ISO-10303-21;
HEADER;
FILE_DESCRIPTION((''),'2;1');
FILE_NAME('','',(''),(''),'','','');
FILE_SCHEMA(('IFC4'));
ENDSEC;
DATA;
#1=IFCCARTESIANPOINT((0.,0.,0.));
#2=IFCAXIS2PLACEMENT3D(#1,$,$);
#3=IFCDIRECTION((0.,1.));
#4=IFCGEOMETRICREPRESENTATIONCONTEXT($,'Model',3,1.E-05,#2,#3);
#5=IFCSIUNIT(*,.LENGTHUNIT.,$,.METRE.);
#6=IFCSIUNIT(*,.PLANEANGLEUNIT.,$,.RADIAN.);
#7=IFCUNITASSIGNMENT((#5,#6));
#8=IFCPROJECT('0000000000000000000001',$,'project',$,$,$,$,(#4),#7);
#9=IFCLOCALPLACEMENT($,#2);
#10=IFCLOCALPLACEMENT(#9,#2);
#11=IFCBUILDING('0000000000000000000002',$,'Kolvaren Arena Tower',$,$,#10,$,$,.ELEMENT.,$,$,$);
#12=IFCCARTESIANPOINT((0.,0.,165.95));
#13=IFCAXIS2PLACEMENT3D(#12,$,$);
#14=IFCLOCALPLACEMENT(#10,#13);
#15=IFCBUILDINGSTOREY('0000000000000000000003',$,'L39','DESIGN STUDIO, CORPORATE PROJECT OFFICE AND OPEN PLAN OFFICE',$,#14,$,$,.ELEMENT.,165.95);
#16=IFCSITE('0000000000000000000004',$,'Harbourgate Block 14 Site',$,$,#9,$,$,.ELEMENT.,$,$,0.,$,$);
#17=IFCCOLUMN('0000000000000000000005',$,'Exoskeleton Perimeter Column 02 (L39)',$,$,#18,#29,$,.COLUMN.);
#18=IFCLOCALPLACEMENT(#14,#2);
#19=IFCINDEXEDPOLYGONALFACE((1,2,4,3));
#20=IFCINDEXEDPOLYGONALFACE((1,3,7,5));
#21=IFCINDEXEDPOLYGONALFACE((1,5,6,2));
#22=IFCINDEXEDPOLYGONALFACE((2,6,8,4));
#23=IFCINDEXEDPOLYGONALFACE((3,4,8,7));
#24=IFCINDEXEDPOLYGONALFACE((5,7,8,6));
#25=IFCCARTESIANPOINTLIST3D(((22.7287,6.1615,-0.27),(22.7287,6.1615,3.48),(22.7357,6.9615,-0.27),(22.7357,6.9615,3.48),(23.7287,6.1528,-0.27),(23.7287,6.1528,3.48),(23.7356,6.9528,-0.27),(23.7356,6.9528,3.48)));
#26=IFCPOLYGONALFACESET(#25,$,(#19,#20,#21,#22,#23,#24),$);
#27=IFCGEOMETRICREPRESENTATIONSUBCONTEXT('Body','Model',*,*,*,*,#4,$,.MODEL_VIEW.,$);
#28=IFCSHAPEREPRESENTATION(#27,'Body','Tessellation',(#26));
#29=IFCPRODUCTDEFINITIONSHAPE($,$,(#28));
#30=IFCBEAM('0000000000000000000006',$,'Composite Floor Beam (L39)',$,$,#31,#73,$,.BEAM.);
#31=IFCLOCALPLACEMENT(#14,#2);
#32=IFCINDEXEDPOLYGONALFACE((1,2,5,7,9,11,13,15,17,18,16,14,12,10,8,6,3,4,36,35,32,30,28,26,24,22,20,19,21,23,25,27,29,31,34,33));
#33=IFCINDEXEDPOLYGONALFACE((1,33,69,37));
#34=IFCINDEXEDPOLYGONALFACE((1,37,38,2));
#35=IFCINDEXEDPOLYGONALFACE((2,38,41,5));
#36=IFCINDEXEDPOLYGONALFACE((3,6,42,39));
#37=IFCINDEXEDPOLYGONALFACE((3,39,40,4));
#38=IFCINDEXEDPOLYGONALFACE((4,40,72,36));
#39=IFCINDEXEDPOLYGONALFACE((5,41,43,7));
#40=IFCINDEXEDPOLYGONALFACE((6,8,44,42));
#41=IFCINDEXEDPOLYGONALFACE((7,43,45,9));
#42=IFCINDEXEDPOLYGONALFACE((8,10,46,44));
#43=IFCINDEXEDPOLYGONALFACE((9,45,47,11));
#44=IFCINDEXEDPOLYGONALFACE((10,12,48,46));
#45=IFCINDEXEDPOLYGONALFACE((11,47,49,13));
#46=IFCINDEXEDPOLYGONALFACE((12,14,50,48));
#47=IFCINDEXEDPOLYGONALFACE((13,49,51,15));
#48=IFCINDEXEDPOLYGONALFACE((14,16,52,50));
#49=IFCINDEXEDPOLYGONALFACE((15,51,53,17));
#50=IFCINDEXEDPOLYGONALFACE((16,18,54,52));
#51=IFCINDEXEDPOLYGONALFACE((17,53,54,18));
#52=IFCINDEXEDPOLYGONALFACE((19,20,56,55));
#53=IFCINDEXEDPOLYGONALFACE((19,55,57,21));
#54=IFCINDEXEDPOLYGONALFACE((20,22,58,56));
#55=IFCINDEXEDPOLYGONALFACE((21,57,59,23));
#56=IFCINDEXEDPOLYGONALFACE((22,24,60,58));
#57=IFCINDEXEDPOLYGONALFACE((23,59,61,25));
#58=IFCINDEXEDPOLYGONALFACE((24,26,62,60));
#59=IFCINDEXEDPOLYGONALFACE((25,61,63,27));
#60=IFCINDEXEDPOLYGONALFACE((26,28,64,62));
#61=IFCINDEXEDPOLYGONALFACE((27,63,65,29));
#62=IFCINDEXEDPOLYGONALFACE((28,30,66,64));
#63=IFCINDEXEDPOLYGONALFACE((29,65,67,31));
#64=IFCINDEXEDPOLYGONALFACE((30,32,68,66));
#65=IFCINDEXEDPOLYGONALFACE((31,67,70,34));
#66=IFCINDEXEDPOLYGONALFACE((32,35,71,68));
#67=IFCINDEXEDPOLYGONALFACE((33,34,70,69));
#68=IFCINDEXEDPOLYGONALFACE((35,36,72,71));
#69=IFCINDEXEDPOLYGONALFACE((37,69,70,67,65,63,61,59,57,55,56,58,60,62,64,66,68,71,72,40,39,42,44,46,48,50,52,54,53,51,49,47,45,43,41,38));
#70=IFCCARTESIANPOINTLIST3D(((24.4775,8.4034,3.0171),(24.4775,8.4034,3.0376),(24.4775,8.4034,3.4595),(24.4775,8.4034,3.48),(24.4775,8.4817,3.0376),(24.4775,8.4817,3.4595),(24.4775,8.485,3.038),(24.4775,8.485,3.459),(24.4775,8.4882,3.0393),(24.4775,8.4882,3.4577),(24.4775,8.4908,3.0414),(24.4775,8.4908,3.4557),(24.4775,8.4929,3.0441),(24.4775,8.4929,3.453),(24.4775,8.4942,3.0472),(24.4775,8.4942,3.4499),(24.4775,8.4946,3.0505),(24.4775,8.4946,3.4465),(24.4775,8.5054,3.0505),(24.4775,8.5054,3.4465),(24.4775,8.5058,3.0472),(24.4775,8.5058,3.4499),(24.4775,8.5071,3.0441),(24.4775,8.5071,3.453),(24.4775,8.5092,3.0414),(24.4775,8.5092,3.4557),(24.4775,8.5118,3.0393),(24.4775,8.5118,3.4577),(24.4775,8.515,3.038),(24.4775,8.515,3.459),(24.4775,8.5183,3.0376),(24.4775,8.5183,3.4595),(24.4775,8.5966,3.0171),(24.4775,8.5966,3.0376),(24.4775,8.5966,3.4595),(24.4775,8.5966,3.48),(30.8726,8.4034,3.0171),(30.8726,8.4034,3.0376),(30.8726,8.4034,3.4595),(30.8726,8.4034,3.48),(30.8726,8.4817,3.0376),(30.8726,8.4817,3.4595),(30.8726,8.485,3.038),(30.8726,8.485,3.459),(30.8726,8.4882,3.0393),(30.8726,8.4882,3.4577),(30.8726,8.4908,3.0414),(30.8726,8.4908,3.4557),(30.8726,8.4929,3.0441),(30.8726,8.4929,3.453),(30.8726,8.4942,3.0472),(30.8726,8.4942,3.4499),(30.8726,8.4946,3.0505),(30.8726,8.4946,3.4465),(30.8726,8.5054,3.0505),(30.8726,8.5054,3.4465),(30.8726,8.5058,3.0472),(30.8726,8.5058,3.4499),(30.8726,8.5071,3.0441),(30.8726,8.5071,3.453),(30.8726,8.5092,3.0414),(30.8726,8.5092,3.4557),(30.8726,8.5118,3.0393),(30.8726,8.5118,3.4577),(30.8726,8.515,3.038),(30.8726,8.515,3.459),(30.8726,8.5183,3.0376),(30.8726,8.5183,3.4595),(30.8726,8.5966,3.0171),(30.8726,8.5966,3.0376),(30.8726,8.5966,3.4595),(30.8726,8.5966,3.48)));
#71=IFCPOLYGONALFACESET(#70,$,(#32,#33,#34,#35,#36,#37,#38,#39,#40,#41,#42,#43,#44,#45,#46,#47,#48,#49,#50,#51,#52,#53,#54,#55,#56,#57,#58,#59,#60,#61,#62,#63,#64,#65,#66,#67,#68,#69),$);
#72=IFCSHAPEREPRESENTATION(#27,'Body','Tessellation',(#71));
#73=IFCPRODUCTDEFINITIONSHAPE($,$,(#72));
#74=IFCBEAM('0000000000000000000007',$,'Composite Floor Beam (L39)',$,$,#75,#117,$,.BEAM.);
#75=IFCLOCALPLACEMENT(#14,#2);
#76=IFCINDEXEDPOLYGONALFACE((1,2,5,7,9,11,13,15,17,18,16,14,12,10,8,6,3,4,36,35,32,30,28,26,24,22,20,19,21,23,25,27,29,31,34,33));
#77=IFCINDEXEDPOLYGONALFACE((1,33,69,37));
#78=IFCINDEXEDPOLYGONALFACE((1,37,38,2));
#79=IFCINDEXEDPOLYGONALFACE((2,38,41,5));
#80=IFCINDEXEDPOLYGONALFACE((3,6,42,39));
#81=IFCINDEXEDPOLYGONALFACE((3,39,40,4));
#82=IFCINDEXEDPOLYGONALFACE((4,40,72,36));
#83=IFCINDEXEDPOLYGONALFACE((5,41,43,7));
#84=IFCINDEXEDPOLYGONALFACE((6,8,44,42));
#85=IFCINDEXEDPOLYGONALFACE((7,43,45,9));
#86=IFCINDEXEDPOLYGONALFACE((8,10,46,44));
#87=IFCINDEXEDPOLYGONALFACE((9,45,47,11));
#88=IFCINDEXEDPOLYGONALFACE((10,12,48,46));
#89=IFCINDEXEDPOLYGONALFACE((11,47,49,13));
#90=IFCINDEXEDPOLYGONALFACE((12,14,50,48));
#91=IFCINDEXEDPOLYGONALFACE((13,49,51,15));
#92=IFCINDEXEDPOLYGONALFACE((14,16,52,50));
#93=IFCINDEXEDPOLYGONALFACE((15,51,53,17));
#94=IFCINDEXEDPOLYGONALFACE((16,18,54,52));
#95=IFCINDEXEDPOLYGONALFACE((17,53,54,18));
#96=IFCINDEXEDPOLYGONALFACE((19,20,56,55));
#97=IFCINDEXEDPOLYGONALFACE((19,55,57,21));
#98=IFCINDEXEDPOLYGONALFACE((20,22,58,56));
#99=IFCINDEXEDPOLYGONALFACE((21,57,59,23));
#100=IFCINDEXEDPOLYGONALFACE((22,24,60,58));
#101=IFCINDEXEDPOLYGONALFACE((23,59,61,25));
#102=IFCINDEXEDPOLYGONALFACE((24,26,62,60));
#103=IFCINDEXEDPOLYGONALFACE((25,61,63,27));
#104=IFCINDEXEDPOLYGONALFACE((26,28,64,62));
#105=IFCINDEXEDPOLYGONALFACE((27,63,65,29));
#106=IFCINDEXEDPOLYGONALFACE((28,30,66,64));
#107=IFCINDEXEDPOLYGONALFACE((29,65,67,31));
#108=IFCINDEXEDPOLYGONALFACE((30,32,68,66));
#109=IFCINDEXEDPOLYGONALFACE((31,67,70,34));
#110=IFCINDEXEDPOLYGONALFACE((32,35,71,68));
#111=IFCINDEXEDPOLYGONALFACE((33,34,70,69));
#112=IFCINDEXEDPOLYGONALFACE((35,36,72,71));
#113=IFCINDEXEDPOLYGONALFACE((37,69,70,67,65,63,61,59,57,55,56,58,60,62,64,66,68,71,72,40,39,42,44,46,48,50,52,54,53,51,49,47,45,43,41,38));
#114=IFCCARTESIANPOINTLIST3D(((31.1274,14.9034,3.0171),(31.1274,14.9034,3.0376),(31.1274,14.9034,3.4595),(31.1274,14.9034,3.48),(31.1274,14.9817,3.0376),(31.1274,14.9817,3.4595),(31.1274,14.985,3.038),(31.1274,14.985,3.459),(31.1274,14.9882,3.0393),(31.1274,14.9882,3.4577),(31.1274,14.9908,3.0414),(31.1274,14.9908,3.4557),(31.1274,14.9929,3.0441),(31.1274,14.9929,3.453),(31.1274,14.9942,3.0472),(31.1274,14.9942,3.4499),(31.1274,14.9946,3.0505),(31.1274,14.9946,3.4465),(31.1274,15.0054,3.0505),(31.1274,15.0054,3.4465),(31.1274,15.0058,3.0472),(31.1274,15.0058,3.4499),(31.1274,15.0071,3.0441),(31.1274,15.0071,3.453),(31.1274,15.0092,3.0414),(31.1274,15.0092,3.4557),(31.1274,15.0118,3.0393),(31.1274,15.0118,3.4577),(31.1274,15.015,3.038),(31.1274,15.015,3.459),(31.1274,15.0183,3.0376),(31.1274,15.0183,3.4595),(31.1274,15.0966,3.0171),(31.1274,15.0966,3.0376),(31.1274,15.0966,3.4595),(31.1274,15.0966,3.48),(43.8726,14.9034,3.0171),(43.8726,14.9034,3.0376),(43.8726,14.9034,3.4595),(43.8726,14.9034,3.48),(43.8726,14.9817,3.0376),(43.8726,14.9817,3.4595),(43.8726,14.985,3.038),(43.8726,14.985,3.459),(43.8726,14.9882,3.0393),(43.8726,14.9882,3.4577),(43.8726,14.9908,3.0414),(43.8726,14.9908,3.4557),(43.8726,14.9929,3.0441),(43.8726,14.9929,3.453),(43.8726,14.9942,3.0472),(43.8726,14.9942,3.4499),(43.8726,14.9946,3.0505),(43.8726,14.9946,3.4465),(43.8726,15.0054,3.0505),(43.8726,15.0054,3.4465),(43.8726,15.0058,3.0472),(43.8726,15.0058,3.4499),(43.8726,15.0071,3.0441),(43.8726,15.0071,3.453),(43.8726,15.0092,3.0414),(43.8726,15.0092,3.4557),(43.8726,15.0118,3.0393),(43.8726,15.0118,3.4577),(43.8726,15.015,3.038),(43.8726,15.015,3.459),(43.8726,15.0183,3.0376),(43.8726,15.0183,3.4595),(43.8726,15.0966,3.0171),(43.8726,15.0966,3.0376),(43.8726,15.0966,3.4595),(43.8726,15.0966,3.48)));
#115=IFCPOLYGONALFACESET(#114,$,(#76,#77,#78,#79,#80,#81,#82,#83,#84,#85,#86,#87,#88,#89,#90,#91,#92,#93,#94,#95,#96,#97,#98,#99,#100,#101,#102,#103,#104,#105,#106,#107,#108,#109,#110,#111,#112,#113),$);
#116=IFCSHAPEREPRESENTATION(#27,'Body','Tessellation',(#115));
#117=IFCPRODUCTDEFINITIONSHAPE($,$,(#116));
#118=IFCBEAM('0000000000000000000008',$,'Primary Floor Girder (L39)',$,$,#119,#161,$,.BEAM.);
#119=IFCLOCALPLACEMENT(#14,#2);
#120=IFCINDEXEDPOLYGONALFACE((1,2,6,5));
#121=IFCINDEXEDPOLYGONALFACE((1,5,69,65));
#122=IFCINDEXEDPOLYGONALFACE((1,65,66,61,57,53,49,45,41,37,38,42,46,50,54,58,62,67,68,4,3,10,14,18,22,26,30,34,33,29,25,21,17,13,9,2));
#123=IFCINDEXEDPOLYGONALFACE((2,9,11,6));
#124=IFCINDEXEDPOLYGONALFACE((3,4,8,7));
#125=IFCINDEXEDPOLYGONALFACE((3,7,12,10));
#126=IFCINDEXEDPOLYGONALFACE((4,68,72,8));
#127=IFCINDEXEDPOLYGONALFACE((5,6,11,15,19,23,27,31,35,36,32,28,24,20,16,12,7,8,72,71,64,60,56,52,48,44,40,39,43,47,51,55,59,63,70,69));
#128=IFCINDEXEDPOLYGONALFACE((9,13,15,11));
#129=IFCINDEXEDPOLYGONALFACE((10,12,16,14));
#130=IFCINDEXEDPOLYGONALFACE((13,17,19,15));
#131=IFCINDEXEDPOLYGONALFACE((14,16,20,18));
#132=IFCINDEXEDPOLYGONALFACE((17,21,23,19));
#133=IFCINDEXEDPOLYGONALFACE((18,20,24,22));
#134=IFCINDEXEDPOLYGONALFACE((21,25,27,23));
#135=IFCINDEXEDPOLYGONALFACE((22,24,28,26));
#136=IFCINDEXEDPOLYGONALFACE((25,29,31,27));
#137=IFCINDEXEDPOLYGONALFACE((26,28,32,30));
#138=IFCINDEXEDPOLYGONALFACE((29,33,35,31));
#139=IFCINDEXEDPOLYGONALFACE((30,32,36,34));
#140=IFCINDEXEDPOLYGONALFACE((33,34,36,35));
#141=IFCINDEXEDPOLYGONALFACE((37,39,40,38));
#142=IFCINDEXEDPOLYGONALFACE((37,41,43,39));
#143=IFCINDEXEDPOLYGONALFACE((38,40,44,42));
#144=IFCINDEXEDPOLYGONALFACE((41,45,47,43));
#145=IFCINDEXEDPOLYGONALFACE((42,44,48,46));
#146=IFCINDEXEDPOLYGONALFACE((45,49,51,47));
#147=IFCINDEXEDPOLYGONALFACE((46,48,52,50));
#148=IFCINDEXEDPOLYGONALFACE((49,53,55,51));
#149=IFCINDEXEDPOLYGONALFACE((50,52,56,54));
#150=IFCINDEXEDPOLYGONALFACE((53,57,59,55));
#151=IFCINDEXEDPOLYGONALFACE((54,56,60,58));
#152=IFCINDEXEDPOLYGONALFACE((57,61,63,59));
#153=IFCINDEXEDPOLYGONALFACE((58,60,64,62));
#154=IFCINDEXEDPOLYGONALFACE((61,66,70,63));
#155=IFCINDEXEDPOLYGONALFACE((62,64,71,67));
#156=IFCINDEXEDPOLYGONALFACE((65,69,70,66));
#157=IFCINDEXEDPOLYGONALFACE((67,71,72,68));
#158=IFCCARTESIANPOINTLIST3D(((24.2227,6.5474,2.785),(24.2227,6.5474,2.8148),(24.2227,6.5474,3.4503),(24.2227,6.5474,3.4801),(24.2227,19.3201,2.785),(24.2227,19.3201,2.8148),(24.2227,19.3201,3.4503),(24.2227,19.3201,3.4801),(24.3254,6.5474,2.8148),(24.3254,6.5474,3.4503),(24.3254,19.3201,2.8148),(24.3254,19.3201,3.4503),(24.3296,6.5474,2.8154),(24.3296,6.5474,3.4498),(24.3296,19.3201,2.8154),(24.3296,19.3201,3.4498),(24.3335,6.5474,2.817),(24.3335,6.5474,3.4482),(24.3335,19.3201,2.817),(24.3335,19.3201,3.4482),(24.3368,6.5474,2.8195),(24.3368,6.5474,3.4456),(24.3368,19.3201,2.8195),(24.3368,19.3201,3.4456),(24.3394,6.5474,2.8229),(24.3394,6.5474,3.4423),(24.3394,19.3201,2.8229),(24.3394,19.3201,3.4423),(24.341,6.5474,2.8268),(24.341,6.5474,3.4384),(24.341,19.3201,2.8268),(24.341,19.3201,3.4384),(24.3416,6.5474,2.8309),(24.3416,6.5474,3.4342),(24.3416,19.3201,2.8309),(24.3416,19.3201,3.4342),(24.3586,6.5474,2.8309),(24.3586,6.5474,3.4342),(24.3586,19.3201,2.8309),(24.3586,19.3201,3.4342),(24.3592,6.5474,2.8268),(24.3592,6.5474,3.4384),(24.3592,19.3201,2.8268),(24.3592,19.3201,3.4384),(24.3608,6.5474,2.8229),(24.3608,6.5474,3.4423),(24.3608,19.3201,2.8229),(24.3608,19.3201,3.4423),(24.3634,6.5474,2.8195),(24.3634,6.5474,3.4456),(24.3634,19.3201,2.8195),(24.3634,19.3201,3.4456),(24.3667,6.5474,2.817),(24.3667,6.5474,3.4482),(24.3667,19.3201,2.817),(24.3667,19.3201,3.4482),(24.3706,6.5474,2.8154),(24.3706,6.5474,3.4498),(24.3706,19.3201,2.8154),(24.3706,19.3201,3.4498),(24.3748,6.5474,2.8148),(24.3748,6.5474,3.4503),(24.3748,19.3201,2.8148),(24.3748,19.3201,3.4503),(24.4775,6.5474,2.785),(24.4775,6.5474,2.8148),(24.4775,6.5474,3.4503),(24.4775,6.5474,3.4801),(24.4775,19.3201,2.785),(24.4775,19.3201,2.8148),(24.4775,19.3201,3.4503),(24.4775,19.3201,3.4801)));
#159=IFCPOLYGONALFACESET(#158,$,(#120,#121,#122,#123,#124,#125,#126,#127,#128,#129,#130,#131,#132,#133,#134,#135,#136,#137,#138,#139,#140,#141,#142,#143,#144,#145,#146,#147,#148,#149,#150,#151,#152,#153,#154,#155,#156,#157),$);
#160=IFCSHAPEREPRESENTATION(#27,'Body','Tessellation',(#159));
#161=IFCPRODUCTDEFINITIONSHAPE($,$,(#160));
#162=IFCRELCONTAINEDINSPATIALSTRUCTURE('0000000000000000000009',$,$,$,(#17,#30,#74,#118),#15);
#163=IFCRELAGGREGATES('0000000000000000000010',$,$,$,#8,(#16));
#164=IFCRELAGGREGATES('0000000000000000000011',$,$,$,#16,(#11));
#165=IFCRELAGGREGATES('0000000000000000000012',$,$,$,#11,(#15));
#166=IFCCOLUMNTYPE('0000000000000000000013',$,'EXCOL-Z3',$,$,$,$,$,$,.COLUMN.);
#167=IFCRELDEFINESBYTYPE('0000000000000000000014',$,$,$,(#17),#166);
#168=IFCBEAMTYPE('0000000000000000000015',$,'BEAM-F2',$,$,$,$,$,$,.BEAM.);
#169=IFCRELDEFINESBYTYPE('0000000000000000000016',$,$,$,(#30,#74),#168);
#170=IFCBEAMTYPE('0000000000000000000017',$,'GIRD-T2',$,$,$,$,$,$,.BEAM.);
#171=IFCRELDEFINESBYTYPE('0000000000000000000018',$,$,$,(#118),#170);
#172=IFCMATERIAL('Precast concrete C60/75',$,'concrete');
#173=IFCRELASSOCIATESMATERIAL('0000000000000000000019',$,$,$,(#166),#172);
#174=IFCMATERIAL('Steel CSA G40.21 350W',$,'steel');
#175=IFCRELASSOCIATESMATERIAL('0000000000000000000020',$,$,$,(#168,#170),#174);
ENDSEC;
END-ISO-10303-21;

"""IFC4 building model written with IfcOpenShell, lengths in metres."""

from ifc_helpers import new_model, si_unit, direction, frame, origin, origin_2d, place, context, subcontext, project, spatial, rectangle, i_section, extrude, material, material_profile, profile_set, type_object, element, save


model = new_model("IFC4")

# Units and contexts
model_context = context("Model", 3, precision=1e-05, world=origin(), true_north=direction((0.0, 1.0)))
body_context = subcontext(model_context, "Body", "Model", "MODEL_VIEW")
ifc_project = project(units=[si_unit("LENGTHUNIT", "METRE"), si_unit("PLANEANGLEUNIT", "RADIAN")], contexts=[model_context])

# Site, building, storey
site_placement = place(None, origin())
site = spatial("IfcSite", under=ifc_project, at=site_placement, Name="Harbourgate Block 14 Site", CompositionType="ELEMENT", RefElevation=0.0)
building_placement = place(site_placement, origin())
building = spatial("IfcBuilding", under=site, at=building_placement, Name="Kolvaren Arena Tower", CompositionType="ELEMENT")
storey_placement = place(building_placement, frame((0.0, 0.0, 165.95)))
storey = spatial("IfcBuildingStorey", under=building, at=storey_placement, Name="L39", Description="DESIGN STUDIO, CORPORATE PROJECT OFFICE AND OPEN PLAN OFFICE", CompositionType="ELEMENT", Elevation=165.95)

# Column
ifc_material_1 = material(Name="Precast concrete C60/75", Category="concrete")
ifc_material_profile_1 = material_profile(ifc_material_1, rectangle(XDim=1.0, YDim=0.8, at=origin_2d()), Name="RC-1000x800")
ifc_profile_set_1 = profile_set([ifc_material_profile_1], Name="Precast concrete C60/75")
column_type = type_object("IfcColumnType", Name="EXCOL-Z3", PredefinedType="COLUMN", material=ifc_profile_set_1)
column_placement = place(storey_placement, frame((23.2322, 6.5571, -0.27), z_axis=(0.0, 0.0, 1.0), x_axis=(0.999962, -0.008727, 0.0)))
element("IfcColumn", 1, at=column_placement, inside=storey, type_object=column_type, Name="Exoskeleton Perimeter Column 02 (L39)", PredefinedType="COLUMN", context=body_context, shape_type="SweptSolid", body=[
    extrude(rectangle(XDim=1.0, YDim=0.8, at=origin_2d()), origin(), (0.0, 0.0, 1.0), 3.75),
])

# Beams
ifc_material_2 = material(Name="Steel CSA G40.21 350W", Category="steel")
ifc_material_profile_2 = material_profile(ifc_material_2, i_section(OverallWidth=0.1931, OverallDepth=0.4629, WebThickness=0.0107, FlangeThickness=0.0205, FilletRadius=0.0129, at=origin_2d()), Name="W460x113")
ifc_profile_set_2 = profile_set([ifc_material_profile_2], Name="Steel CSA G40.21 350W")
beam_type_1 = type_object("IfcBeamType", Name="BEAM-F2", PredefinedType="BEAM", material=ifc_profile_set_2)
beam_1_placement = place(storey_placement, frame((24.4775, 8.5, 3.2485), z_axis=(1.0, 0.0, 0.0), x_axis=(0.0, 1.0, 0.0)))
element("IfcBeam", 2, at=beam_1_placement, inside=storey, type_object=beam_type_1, Name="Composite Floor Beam (L39)", PredefinedType="BEAM", context=body_context, shape_type="SweptSolid", body=[
    extrude(i_section(OverallWidth=0.1931, OverallDepth=0.4629, WebThickness=0.0107, FlangeThickness=0.0205, FilletRadius=0.0129, at=origin_2d()), origin(), (0.0, 0.0, 1.0), 6.395),
])
beam_2_placement = place(storey_placement, frame((31.1274, 15.0, 3.2485), z_axis=(1.0, 0.0, 0.0), x_axis=(0.0, 1.0, 0.0)))
element("IfcBeam", 3, at=beam_2_placement, inside=storey, type_object=beam_type_1, Name="Composite Floor Beam (L39)", PredefinedType="BEAM", context=body_context, shape_type="SweptSolid", body=[
    extrude(i_section(OverallWidth=0.1931, OverallDepth=0.4629, WebThickness=0.0107, FlangeThickness=0.0205, FilletRadius=0.0129, at=origin_2d()), origin(), (0.0, 0.0, 1.0), 12.7451),
])
ifc_material_profile_3 = material_profile(ifc_material_2, i_section(OverallWidth=0.2549, OverallDepth=0.6951, WebThickness=0.0171, FlangeThickness=0.0298, FilletRadius=0.0161, at=origin_2d()), Name="W690x217")
ifc_profile_set_3 = profile_set([ifc_material_profile_3], Name="Steel CSA G40.21 350W")
beam_type_2 = type_object("IfcBeamType", Name="GIRD-T2", PredefinedType="BEAM", material=ifc_profile_set_3)
beam_3_placement = place(storey_placement, frame((24.3501, 6.5474, 3.1326), z_axis=(0.0, 1.0, 0.0), x_axis=(-1.0, 0.0, 0.0)))
element("IfcBeam", 4, at=beam_3_placement, inside=storey, type_object=beam_type_2, Name="Primary Floor Girder (L39)", PredefinedType="BEAM", context=body_context, shape_type="SweptSolid", body=[
    extrude(i_section(OverallWidth=0.2549, OverallDepth=0.6951, WebThickness=0.0171, FlangeThickness=0.0298, FilletRadius=0.0161, at=origin_2d()), origin(), (0.0, 0.0, 1.0), 12.7727),
])

save(model, "model.ifc")
